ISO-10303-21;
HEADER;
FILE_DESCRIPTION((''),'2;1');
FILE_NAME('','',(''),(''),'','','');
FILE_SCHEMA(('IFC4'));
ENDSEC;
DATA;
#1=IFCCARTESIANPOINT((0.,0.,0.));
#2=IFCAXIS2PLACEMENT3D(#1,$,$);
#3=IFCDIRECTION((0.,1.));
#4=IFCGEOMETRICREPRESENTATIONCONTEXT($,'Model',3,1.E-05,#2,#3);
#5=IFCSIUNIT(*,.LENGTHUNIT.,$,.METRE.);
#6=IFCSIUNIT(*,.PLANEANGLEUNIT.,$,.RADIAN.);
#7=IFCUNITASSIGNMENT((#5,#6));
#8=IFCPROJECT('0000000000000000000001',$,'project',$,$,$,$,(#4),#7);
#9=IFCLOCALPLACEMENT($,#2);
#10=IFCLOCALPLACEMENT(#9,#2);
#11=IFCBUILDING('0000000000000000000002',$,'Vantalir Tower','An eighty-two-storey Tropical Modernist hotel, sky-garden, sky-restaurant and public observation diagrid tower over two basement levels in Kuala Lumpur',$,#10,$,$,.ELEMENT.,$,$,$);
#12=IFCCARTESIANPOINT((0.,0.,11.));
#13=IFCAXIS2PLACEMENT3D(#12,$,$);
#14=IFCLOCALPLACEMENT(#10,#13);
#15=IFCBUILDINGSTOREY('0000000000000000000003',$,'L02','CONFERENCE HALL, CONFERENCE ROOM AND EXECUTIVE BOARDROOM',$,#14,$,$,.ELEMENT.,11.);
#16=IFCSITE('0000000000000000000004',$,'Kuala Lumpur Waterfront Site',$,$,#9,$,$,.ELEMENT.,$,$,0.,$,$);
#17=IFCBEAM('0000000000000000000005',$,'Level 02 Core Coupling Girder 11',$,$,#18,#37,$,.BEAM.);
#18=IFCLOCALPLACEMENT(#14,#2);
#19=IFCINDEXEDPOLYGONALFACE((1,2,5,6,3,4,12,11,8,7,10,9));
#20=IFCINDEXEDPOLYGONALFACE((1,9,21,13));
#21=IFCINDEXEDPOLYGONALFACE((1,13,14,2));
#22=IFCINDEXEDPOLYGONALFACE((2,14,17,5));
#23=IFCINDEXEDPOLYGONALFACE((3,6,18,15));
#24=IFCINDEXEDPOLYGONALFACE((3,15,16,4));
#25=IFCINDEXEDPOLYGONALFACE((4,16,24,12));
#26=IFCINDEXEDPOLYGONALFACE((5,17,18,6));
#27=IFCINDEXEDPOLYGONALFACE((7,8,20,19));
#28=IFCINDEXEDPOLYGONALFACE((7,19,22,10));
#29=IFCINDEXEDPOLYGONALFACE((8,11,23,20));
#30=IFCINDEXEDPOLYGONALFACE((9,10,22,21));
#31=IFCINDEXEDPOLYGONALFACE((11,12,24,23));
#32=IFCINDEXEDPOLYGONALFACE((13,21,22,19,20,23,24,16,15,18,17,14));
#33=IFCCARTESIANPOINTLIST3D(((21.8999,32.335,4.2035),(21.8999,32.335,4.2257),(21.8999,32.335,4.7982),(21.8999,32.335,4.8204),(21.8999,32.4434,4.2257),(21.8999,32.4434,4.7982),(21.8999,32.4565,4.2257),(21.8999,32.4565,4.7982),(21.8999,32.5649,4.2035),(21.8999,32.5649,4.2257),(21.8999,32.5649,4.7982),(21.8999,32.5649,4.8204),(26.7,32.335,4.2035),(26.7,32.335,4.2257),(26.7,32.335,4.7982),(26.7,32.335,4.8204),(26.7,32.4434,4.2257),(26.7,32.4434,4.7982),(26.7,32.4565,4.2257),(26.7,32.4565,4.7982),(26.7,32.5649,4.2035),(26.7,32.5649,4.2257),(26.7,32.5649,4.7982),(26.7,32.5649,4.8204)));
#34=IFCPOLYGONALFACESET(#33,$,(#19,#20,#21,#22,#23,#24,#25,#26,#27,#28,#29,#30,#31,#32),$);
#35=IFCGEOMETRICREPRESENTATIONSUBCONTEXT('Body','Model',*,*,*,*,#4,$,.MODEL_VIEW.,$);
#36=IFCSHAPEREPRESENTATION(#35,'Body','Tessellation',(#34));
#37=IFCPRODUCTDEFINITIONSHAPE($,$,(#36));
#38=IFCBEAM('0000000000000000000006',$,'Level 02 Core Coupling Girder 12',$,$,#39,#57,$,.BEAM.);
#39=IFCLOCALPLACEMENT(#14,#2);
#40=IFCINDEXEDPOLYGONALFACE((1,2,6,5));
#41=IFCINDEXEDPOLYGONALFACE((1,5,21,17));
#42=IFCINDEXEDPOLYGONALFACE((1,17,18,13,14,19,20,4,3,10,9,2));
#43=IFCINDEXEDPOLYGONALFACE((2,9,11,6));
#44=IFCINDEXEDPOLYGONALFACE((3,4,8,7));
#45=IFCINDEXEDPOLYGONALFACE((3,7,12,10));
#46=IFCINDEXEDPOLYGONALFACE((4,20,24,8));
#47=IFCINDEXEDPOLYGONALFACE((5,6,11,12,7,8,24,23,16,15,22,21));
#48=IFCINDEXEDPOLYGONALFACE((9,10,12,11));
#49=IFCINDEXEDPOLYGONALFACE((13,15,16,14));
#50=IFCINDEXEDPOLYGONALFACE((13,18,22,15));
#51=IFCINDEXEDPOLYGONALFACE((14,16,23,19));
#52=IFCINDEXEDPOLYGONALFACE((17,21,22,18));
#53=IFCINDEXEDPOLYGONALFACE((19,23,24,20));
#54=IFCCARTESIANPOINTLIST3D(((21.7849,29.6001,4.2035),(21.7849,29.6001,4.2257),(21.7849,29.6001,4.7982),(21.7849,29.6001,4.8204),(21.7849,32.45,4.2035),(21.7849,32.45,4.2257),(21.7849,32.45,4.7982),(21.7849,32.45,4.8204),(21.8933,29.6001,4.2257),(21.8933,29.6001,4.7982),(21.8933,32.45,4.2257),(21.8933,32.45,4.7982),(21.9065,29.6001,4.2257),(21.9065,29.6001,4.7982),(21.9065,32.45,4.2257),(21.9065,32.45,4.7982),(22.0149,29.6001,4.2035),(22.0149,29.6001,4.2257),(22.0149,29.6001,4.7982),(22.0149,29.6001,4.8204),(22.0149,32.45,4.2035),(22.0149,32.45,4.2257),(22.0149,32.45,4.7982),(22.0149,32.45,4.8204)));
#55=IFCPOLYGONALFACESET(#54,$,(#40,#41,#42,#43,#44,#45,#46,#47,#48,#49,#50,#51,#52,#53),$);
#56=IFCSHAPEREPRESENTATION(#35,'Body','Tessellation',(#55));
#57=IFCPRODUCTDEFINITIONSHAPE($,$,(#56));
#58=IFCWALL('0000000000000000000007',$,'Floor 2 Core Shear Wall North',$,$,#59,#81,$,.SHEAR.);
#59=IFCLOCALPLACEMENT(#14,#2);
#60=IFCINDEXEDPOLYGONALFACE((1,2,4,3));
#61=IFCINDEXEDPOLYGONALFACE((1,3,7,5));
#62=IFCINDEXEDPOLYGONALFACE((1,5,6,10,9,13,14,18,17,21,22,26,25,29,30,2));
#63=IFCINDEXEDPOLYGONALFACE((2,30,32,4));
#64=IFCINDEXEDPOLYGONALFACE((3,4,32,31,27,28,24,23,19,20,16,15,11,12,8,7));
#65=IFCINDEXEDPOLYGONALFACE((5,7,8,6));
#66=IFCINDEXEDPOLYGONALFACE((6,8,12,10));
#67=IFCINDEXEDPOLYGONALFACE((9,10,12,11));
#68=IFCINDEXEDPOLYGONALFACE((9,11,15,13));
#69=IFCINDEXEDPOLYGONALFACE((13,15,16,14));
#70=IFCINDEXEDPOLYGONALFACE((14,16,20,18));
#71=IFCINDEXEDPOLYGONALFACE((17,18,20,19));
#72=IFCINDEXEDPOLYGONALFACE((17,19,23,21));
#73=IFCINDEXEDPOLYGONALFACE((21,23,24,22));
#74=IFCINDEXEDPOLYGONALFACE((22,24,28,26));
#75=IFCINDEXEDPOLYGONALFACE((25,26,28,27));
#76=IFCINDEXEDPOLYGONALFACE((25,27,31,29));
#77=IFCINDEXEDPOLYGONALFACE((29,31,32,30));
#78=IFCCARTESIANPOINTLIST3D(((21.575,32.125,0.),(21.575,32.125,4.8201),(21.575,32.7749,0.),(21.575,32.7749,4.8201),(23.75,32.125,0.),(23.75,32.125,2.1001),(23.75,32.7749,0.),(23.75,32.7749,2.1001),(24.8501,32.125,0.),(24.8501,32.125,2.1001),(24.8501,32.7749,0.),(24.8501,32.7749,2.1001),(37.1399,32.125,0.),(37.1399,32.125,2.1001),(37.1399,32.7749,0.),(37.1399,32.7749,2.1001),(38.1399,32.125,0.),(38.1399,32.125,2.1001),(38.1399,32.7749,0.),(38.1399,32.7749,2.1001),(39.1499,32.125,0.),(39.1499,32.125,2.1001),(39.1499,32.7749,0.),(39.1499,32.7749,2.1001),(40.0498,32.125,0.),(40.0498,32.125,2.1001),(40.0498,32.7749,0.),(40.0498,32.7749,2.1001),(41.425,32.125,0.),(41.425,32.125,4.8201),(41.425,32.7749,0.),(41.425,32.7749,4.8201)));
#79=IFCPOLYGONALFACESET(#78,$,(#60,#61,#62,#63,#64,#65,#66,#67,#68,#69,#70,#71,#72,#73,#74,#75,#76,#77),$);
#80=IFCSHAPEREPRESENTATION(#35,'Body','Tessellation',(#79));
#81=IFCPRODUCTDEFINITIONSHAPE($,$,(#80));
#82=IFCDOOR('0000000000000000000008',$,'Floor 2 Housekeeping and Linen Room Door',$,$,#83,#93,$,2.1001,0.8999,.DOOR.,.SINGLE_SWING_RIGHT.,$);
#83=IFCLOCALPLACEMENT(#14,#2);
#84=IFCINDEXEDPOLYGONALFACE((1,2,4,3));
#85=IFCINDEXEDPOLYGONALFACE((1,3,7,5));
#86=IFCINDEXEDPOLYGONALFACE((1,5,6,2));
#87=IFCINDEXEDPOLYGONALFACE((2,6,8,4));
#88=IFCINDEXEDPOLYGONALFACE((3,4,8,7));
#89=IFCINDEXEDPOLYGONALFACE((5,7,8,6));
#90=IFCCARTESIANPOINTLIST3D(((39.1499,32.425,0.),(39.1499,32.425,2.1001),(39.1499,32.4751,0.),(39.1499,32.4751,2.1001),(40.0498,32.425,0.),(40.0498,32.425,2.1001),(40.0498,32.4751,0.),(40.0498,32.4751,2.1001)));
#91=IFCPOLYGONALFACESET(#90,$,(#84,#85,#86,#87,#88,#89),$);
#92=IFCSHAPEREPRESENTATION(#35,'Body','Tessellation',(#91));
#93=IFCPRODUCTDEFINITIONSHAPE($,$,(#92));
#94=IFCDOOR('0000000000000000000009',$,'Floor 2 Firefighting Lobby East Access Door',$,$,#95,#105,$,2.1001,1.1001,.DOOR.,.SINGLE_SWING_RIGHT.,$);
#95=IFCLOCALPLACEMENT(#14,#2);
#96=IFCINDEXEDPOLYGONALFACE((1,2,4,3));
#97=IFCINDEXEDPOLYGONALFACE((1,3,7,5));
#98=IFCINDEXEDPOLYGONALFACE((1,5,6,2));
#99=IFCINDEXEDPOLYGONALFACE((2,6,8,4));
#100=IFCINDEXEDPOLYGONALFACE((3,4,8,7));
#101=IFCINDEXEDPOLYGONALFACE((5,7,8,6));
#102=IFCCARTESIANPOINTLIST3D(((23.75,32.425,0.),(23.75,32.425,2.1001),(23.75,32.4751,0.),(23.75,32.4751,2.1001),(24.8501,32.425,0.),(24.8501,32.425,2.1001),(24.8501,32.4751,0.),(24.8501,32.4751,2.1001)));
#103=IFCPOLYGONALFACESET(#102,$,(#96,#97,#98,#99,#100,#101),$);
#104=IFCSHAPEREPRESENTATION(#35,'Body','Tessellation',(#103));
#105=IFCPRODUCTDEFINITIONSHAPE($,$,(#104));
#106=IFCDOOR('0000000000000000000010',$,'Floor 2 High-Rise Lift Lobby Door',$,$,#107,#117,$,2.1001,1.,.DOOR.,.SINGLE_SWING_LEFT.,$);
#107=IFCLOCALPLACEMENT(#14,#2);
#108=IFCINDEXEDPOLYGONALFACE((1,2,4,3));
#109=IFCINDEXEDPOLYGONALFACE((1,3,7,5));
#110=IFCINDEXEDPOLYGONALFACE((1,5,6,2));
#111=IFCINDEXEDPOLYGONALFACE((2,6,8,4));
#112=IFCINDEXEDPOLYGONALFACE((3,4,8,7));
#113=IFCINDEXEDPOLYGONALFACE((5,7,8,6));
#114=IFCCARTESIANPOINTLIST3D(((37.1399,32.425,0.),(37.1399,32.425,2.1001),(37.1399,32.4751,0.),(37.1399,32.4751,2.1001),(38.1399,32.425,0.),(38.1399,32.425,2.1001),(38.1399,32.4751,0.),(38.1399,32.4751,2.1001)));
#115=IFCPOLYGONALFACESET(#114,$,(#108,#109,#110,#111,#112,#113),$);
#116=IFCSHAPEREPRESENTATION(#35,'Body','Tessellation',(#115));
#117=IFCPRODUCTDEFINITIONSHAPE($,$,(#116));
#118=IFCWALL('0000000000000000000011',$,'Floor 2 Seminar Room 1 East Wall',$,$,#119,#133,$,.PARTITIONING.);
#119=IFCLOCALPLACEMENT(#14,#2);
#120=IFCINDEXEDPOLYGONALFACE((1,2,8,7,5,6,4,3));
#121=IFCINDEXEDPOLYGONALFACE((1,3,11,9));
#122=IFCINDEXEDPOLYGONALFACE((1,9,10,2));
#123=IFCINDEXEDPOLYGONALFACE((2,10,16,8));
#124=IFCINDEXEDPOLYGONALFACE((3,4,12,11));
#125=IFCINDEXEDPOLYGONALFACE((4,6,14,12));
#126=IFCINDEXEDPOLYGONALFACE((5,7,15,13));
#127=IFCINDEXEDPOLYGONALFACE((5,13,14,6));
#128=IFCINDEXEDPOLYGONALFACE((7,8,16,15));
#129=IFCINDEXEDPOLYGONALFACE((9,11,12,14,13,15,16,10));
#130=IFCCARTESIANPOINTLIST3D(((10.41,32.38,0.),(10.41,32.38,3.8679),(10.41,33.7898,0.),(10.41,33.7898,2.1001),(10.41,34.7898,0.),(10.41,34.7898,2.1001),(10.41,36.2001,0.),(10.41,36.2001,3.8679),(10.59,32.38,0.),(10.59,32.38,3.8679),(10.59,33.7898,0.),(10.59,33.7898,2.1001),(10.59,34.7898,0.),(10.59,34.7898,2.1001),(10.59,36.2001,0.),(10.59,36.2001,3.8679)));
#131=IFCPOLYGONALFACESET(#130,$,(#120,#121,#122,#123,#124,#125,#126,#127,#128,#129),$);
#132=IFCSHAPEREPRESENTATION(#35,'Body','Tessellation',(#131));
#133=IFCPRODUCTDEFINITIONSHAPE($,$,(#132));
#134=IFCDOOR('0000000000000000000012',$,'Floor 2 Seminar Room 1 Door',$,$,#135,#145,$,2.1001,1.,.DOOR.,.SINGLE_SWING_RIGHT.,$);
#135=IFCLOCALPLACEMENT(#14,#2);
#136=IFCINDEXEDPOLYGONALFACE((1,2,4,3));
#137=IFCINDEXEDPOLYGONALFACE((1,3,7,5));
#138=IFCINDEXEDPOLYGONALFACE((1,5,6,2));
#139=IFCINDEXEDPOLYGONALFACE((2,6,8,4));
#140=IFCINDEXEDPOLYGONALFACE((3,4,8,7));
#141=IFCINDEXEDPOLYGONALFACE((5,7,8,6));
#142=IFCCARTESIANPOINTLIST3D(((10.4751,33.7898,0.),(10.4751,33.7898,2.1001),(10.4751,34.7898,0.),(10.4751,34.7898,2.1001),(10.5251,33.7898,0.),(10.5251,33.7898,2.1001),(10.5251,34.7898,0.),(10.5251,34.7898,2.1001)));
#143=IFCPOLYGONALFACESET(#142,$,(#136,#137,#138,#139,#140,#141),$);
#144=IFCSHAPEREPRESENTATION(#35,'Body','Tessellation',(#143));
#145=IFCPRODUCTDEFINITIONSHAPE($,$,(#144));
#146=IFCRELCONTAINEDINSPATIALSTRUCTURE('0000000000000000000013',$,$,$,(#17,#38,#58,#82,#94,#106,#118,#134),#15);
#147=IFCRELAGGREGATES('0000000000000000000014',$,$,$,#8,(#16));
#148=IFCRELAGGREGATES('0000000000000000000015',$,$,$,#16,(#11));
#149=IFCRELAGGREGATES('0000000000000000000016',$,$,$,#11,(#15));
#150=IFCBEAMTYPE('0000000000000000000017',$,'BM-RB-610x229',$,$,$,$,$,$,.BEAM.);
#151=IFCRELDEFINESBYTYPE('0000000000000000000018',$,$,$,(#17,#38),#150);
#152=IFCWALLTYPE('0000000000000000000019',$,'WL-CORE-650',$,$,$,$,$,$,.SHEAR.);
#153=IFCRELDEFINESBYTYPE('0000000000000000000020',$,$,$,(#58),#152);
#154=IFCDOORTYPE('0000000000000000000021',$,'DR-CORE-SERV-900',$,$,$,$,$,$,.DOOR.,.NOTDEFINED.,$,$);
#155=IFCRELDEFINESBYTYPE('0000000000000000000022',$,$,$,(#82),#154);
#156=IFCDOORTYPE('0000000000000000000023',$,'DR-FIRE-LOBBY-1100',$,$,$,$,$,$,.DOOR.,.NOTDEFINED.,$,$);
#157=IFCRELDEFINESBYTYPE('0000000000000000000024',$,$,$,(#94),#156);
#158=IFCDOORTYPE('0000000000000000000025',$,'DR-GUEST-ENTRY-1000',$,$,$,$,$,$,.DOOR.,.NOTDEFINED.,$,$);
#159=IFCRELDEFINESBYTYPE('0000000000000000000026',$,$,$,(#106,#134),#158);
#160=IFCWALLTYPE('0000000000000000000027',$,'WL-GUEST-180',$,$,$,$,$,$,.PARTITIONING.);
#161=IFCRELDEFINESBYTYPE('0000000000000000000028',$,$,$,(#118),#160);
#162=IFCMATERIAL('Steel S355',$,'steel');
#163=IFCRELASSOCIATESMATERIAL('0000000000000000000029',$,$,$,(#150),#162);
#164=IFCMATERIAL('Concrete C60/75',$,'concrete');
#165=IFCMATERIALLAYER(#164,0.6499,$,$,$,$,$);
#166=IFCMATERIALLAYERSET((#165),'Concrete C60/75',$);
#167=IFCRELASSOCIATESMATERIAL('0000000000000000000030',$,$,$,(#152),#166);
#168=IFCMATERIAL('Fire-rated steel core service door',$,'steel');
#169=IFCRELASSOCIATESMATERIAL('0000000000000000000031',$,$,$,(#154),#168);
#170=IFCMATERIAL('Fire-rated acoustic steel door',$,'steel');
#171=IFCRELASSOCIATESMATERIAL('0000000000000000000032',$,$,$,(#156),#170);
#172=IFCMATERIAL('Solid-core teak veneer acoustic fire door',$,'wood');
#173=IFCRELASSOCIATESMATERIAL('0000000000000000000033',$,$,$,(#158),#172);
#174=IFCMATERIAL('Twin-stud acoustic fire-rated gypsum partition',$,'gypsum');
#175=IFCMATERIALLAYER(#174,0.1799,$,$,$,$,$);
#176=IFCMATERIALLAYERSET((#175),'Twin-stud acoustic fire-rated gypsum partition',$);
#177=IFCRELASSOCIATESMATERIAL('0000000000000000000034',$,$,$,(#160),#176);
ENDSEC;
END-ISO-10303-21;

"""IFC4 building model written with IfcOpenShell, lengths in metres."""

from ifc_helpers import new_model, si_unit, direction, frame, frame_2d, origin, origin_2d, place, context, subcontext, project, spatial, rectangle, i_section, extrude, material, layer, layer_set, material_profile, profile_set, type_object, element, fill, save


model = new_model("IFC4")

# Units and contexts
model_context = context("Model", 3, precision=1e-05, world=origin(), true_north=direction((0.0, 1.0)))
body_context = subcontext(model_context, "Body", "Model", "MODEL_VIEW")
ifc_project = project(units=[si_unit("LENGTHUNIT", "METRE"), si_unit("PLANEANGLEUNIT", "RADIAN")], contexts=[model_context])

# Site, building, storey
site_placement = place(None, origin())
site = spatial("IfcSite", under=ifc_project, at=site_placement, Name="Kuala Lumpur Waterfront Site", CompositionType="ELEMENT", RefElevation=0.0)
building_placement = place(site_placement, origin())
building = spatial("IfcBuilding", under=site, at=building_placement, Name="Vantalir Tower", Description="An eighty-two-storey Tropical Modernist hotel, sky-garden, sky-restaurant and public observation diagrid tower over two basement levels in Kuala Lumpur", CompositionType="ELEMENT")
storey_placement = place(building_placement, frame((0.0, 0.0, 11.0)))
storey = spatial("IfcBuildingStorey", under=building, at=storey_placement, Name="L02", Description="CONFERENCE HALL, CONFERENCE ROOM AND EXECUTIVE BOARDROOM", CompositionType="ELEMENT", Elevation=11.0)

# Shared definitions
ifc_material_1 = material(Name="Concrete C60/75", Category="concrete")

# Beams
ifc_material_2 = material(Name="Steel S355", Category="steel")
ifc_material_profile_1 = material_profile(ifc_material_2, i_section(OverallWidth=0.23, OverallDepth=0.6169, WebThickness=0.0132, FlangeThickness=0.0222, at=origin_2d()), Name="Steel S355")
ifc_profile_set_1 = profile_set([ifc_material_profile_1], Name="Steel S355")
beam_type_1 = type_object("IfcBeamType", Name="BM-RB-610x229", PredefinedType="BEAM", material=ifc_profile_set_1)
beam_1_placement = place(storey_placement, frame((26.7, 32.45, 4.512), z_axis=(-1.0, 0.0, 0.0), x_axis=(0.0, -1.0, 0.0)))
element("IfcBeam", 1, at=beam_1_placement, inside=storey, type_object=beam_type_1, Name="Level 02 Core Coupling Girder 11", PredefinedType="BEAM", context=body_context, shape_type="SweptSolid", body=[
    extrude(i_section(OverallWidth=0.23, OverallDepth=0.6169, WebThickness=0.0132, FlangeThickness=0.0222, at=origin_2d()), origin(), (0.0, 0.0, 1.0), 4.8),
])
beam_2_placement = place(storey_placement, frame((21.8999, 32.45, 4.512), z_axis=(0.0, -1.0, 0.0), x_axis=(1.0, 0.0, 0.0)))
element("IfcBeam", 2, at=beam_2_placement, inside=storey, type_object=beam_type_1, Name="Level 02 Core Coupling Girder 12", PredefinedType="BEAM", context=body_context, shape_type="SweptSolid", body=[
    extrude(i_section(OverallWidth=0.23, OverallDepth=0.6169, WebThickness=0.0132, FlangeThickness=0.0222, at=origin_2d()), origin(), (0.0, 0.0, 1.0), 2.8499),
])

# Wall, openings, doors
ifc_layer_1 = layer(ifc_material_1, 0.6499)
ifc_layer_set_1 = layer_set([ifc_layer_1], Name="Concrete C60/75")
wall_type_1 = type_object("IfcWallType", Name="WL-CORE-650", PredefinedType="SHEAR", material=ifc_layer_set_1)
wall_1_placement = place(storey_placement, frame((21.575, 32.45, 0.0), z_axis=(0.0, 0.0, 1.0), x_axis=(1.0, 0.0, 0.0)))
wall_1 = element("IfcWall", 3, at=wall_1_placement, inside=storey, type_object=wall_type_1, Name="Floor 2 Core Shear Wall North", PredefinedType="SHEAR", context=body_context, shape_type="SweptSolid", body=[
    extrude(rectangle(XDim=19.8501, YDim=0.6499, at=frame_2d((9.925, 0.0))), origin(), (0.0, 0.0, 1.0), 4.8201),
])
opening_1_placement = place(wall_1_placement, frame((2.175, 0.0, 0.0)))
opening_1 = element("IfcOpeningElement", 4, at=opening_1_placement, cuts=wall_1, PredefinedType="OPENING", context=body_context, shape_type="SweptSolid", body=[
    extrude(rectangle(XDim=1.1001, YDim=2.1001, at=frame_2d((0.55, 1.05))), frame((0.0, 0.335, 0.0), z_axis=(0.0, -1.0, 0.0), x_axis=(1.0, 0.0, 0.0)), (0.0, 0.0, 1.0), 0.6699),
])
opening_2_placement = place(wall_1_placement, frame((15.5649, 0.0, 0.0)))
opening_2 = element("IfcOpeningElement", 5, at=opening_2_placement, cuts=wall_1, PredefinedType="OPENING", context=body_context, shape_type="SweptSolid", body=[
    extrude(rectangle(XDim=1.0, YDim=2.1001, at=frame_2d((0.5, 1.05))), frame((0.0, 0.335, 0.0), z_axis=(0.0, -1.0, 0.0), x_axis=(1.0, 0.0, 0.0)), (0.0, 0.0, 1.0), 0.6699),
])
opening_3_placement = place(wall_1_placement, frame((17.575, 0.0, 0.0)))
opening_3 = element("IfcOpeningElement", 6, at=opening_3_placement, cuts=wall_1, PredefinedType="OPENING", context=body_context, shape_type="SweptSolid", body=[
    extrude(rectangle(XDim=0.8999, YDim=2.1001, at=frame_2d((0.45, 1.05))), frame((0.0, 0.335, 0.0), z_axis=(0.0, -1.0, 0.0), x_axis=(1.0, 0.0, 0.0)), (0.0, 0.0, 1.0), 0.6699),
])
ifc_material_3 = material(Name="Fire-rated steel core service door", Category="steel")
door_type_1 = type_object("IfcDoorType", Name="DR-CORE-SERV-900", OperationType="NOTDEFINED", PredefinedType="DOOR", material=ifc_material_3)
door_1_placement = place(opening_3_placement, frame((0.8999, 0.0, 0.0), z_axis=(0.0, 0.0, 1.0), x_axis=(-1.0, 0.0, 0.0)))
door_1 = element("IfcDoor", 7, at=door_1_placement, inside=storey, type_object=door_type_1, Name="Floor 2 Housekeeping and Linen Room Door", OperationType="SINGLE_SWING_RIGHT", OverallHeight=2.1001, OverallWidth=0.8999, PredefinedType="DOOR", context=body_context, shape_type="SweptSolid", body=[
    extrude(rectangle(XDim=0.8999, YDim=2.1001, at=frame_2d((0.45, 1.05))), frame((0.0, 0.0249, 0.0), z_axis=(0.0, -1.0, 0.0), x_axis=(1.0, 0.0, 0.0)), (0.0, 0.0, 1.0), 0.05),
])
fill(opening_3, door_1)
ifc_material_4 = material(Name="Fire-rated acoustic steel door", Category="steel")
door_type_2 = type_object("IfcDoorType", Name="DR-FIRE-LOBBY-1100", OperationType="NOTDEFINED", PredefinedType="DOOR", material=ifc_material_4)
door_2_placement = place(opening_1_placement, frame((1.1001, 0.0, 0.0), z_axis=(0.0, 0.0, 1.0), x_axis=(-1.0, 0.0, 0.0)))
door_2 = element("IfcDoor", 8, at=door_2_placement, inside=storey, type_object=door_type_2, Name="Floor 2 Firefighting Lobby East Access Door", OperationType="SINGLE_SWING_RIGHT", OverallHeight=2.1001, OverallWidth=1.1001, PredefinedType="DOOR", context=body_context, shape_type="SweptSolid", body=[
    extrude(rectangle(XDim=1.1001, YDim=2.1001, at=frame_2d((0.55, 1.05))), frame((0.0, 0.0249, 0.0), z_axis=(0.0, -1.0, 0.0), x_axis=(1.0, 0.0, 0.0)), (0.0, 0.0, 1.0), 0.05),
])
fill(opening_1, door_2)
ifc_material_5 = material(Name="Solid-core teak veneer acoustic fire door", Category="wood")
door_type_3 = type_object("IfcDoorType", Name="DR-GUEST-ENTRY-1000", OperationType="NOTDEFINED", PredefinedType="DOOR", material=ifc_material_5)
door_3_placement = place(opening_2_placement, frame((1.0, 0.0, 0.0), z_axis=(0.0, 0.0, 1.0), x_axis=(-1.0, 0.0, 0.0)))
door_3 = element("IfcDoor", 9, at=door_3_placement, inside=storey, type_object=door_type_3, Name="Floor 2 High-Rise Lift Lobby Door", OperationType="SINGLE_SWING_LEFT", OverallHeight=2.1001, OverallWidth=1.0, PredefinedType="DOOR", context=body_context, shape_type="SweptSolid", body=[
    extrude(rectangle(XDim=1.0, YDim=2.1001, at=frame_2d((0.5, 1.05))), frame((0.0, 0.0249, 0.0), z_axis=(0.0, -1.0, 0.0), x_axis=(1.0, 0.0, 0.0)), (0.0, 0.0, 1.0), 0.05),
])
fill(opening_2, door_3)

# Wall, opening, door
ifc_material_6 = material(Name="Twin-stud acoustic fire-rated gypsum partition", Category="gypsum")
ifc_layer_2 = layer(ifc_material_6, 0.1799)
ifc_layer_set_2 = layer_set([ifc_layer_2], Name="Twin-stud acoustic fire-rated gypsum partition")
wall_type_2 = type_object("IfcWallType", Name="WL-GUEST-180", PredefinedType="PARTITIONING", material=ifc_layer_set_2)
wall_2_placement = place(storey_placement, frame((10.5, 32.3799, 0.0), z_axis=(0.0, 0.0, 1.0), x_axis=(0.0, 1.0, 0.0)))
wall_2 = element("IfcWall", 10, at=wall_2_placement, inside=storey, type_object=wall_type_2, Name="Floor 2 Seminar Room 1 East Wall", PredefinedType="PARTITIONING", context=body_context, shape_type="SweptSolid", body=[
    extrude(rectangle(XDim=3.8201, YDim=0.1799, at=frame_2d((1.9102, 0.0))), origin(), (0.0, 0.0, 1.0), 3.8679),
])
opening_4_placement = place(wall_2_placement, frame((1.4099, 0.0, 0.0)))
opening_4 = element("IfcOpeningElement", 11, at=opening_4_placement, cuts=wall_2, PredefinedType="OPENING", context=body_context, shape_type="SweptSolid", body=[
    extrude(rectangle(XDim=1.0, YDim=2.1001, at=frame_2d((0.5, 1.05))), frame((0.0, 0.0999, 0.0), z_axis=(0.0, -1.0, 0.0), x_axis=(1.0, 0.0, 0.0)), (0.0, 0.0, 1.0), 0.2),
])
door_4_placement = place(opening_4_placement, origin())
door_4 = element("IfcDoor", 12, at=door_4_placement, inside=storey, type_object=door_type_3, Name="Floor 2 Seminar Room 1 Door", OperationType="SINGLE_SWING_RIGHT", OverallHeight=2.1001, OverallWidth=1.0, PredefinedType="DOOR", context=body_context, shape_type="SweptSolid", body=[
    extrude(rectangle(XDim=1.0, YDim=2.1001, at=frame_2d((0.5, 1.05))), frame((0.0, 0.0249, 0.0), z_axis=(0.0, -1.0, 0.0), x_axis=(1.0, 0.0, 0.0)), (0.0, 0.0, 1.0), 0.05),
])
fill(opening_4, door_4)

save(model, "model.ifc")
